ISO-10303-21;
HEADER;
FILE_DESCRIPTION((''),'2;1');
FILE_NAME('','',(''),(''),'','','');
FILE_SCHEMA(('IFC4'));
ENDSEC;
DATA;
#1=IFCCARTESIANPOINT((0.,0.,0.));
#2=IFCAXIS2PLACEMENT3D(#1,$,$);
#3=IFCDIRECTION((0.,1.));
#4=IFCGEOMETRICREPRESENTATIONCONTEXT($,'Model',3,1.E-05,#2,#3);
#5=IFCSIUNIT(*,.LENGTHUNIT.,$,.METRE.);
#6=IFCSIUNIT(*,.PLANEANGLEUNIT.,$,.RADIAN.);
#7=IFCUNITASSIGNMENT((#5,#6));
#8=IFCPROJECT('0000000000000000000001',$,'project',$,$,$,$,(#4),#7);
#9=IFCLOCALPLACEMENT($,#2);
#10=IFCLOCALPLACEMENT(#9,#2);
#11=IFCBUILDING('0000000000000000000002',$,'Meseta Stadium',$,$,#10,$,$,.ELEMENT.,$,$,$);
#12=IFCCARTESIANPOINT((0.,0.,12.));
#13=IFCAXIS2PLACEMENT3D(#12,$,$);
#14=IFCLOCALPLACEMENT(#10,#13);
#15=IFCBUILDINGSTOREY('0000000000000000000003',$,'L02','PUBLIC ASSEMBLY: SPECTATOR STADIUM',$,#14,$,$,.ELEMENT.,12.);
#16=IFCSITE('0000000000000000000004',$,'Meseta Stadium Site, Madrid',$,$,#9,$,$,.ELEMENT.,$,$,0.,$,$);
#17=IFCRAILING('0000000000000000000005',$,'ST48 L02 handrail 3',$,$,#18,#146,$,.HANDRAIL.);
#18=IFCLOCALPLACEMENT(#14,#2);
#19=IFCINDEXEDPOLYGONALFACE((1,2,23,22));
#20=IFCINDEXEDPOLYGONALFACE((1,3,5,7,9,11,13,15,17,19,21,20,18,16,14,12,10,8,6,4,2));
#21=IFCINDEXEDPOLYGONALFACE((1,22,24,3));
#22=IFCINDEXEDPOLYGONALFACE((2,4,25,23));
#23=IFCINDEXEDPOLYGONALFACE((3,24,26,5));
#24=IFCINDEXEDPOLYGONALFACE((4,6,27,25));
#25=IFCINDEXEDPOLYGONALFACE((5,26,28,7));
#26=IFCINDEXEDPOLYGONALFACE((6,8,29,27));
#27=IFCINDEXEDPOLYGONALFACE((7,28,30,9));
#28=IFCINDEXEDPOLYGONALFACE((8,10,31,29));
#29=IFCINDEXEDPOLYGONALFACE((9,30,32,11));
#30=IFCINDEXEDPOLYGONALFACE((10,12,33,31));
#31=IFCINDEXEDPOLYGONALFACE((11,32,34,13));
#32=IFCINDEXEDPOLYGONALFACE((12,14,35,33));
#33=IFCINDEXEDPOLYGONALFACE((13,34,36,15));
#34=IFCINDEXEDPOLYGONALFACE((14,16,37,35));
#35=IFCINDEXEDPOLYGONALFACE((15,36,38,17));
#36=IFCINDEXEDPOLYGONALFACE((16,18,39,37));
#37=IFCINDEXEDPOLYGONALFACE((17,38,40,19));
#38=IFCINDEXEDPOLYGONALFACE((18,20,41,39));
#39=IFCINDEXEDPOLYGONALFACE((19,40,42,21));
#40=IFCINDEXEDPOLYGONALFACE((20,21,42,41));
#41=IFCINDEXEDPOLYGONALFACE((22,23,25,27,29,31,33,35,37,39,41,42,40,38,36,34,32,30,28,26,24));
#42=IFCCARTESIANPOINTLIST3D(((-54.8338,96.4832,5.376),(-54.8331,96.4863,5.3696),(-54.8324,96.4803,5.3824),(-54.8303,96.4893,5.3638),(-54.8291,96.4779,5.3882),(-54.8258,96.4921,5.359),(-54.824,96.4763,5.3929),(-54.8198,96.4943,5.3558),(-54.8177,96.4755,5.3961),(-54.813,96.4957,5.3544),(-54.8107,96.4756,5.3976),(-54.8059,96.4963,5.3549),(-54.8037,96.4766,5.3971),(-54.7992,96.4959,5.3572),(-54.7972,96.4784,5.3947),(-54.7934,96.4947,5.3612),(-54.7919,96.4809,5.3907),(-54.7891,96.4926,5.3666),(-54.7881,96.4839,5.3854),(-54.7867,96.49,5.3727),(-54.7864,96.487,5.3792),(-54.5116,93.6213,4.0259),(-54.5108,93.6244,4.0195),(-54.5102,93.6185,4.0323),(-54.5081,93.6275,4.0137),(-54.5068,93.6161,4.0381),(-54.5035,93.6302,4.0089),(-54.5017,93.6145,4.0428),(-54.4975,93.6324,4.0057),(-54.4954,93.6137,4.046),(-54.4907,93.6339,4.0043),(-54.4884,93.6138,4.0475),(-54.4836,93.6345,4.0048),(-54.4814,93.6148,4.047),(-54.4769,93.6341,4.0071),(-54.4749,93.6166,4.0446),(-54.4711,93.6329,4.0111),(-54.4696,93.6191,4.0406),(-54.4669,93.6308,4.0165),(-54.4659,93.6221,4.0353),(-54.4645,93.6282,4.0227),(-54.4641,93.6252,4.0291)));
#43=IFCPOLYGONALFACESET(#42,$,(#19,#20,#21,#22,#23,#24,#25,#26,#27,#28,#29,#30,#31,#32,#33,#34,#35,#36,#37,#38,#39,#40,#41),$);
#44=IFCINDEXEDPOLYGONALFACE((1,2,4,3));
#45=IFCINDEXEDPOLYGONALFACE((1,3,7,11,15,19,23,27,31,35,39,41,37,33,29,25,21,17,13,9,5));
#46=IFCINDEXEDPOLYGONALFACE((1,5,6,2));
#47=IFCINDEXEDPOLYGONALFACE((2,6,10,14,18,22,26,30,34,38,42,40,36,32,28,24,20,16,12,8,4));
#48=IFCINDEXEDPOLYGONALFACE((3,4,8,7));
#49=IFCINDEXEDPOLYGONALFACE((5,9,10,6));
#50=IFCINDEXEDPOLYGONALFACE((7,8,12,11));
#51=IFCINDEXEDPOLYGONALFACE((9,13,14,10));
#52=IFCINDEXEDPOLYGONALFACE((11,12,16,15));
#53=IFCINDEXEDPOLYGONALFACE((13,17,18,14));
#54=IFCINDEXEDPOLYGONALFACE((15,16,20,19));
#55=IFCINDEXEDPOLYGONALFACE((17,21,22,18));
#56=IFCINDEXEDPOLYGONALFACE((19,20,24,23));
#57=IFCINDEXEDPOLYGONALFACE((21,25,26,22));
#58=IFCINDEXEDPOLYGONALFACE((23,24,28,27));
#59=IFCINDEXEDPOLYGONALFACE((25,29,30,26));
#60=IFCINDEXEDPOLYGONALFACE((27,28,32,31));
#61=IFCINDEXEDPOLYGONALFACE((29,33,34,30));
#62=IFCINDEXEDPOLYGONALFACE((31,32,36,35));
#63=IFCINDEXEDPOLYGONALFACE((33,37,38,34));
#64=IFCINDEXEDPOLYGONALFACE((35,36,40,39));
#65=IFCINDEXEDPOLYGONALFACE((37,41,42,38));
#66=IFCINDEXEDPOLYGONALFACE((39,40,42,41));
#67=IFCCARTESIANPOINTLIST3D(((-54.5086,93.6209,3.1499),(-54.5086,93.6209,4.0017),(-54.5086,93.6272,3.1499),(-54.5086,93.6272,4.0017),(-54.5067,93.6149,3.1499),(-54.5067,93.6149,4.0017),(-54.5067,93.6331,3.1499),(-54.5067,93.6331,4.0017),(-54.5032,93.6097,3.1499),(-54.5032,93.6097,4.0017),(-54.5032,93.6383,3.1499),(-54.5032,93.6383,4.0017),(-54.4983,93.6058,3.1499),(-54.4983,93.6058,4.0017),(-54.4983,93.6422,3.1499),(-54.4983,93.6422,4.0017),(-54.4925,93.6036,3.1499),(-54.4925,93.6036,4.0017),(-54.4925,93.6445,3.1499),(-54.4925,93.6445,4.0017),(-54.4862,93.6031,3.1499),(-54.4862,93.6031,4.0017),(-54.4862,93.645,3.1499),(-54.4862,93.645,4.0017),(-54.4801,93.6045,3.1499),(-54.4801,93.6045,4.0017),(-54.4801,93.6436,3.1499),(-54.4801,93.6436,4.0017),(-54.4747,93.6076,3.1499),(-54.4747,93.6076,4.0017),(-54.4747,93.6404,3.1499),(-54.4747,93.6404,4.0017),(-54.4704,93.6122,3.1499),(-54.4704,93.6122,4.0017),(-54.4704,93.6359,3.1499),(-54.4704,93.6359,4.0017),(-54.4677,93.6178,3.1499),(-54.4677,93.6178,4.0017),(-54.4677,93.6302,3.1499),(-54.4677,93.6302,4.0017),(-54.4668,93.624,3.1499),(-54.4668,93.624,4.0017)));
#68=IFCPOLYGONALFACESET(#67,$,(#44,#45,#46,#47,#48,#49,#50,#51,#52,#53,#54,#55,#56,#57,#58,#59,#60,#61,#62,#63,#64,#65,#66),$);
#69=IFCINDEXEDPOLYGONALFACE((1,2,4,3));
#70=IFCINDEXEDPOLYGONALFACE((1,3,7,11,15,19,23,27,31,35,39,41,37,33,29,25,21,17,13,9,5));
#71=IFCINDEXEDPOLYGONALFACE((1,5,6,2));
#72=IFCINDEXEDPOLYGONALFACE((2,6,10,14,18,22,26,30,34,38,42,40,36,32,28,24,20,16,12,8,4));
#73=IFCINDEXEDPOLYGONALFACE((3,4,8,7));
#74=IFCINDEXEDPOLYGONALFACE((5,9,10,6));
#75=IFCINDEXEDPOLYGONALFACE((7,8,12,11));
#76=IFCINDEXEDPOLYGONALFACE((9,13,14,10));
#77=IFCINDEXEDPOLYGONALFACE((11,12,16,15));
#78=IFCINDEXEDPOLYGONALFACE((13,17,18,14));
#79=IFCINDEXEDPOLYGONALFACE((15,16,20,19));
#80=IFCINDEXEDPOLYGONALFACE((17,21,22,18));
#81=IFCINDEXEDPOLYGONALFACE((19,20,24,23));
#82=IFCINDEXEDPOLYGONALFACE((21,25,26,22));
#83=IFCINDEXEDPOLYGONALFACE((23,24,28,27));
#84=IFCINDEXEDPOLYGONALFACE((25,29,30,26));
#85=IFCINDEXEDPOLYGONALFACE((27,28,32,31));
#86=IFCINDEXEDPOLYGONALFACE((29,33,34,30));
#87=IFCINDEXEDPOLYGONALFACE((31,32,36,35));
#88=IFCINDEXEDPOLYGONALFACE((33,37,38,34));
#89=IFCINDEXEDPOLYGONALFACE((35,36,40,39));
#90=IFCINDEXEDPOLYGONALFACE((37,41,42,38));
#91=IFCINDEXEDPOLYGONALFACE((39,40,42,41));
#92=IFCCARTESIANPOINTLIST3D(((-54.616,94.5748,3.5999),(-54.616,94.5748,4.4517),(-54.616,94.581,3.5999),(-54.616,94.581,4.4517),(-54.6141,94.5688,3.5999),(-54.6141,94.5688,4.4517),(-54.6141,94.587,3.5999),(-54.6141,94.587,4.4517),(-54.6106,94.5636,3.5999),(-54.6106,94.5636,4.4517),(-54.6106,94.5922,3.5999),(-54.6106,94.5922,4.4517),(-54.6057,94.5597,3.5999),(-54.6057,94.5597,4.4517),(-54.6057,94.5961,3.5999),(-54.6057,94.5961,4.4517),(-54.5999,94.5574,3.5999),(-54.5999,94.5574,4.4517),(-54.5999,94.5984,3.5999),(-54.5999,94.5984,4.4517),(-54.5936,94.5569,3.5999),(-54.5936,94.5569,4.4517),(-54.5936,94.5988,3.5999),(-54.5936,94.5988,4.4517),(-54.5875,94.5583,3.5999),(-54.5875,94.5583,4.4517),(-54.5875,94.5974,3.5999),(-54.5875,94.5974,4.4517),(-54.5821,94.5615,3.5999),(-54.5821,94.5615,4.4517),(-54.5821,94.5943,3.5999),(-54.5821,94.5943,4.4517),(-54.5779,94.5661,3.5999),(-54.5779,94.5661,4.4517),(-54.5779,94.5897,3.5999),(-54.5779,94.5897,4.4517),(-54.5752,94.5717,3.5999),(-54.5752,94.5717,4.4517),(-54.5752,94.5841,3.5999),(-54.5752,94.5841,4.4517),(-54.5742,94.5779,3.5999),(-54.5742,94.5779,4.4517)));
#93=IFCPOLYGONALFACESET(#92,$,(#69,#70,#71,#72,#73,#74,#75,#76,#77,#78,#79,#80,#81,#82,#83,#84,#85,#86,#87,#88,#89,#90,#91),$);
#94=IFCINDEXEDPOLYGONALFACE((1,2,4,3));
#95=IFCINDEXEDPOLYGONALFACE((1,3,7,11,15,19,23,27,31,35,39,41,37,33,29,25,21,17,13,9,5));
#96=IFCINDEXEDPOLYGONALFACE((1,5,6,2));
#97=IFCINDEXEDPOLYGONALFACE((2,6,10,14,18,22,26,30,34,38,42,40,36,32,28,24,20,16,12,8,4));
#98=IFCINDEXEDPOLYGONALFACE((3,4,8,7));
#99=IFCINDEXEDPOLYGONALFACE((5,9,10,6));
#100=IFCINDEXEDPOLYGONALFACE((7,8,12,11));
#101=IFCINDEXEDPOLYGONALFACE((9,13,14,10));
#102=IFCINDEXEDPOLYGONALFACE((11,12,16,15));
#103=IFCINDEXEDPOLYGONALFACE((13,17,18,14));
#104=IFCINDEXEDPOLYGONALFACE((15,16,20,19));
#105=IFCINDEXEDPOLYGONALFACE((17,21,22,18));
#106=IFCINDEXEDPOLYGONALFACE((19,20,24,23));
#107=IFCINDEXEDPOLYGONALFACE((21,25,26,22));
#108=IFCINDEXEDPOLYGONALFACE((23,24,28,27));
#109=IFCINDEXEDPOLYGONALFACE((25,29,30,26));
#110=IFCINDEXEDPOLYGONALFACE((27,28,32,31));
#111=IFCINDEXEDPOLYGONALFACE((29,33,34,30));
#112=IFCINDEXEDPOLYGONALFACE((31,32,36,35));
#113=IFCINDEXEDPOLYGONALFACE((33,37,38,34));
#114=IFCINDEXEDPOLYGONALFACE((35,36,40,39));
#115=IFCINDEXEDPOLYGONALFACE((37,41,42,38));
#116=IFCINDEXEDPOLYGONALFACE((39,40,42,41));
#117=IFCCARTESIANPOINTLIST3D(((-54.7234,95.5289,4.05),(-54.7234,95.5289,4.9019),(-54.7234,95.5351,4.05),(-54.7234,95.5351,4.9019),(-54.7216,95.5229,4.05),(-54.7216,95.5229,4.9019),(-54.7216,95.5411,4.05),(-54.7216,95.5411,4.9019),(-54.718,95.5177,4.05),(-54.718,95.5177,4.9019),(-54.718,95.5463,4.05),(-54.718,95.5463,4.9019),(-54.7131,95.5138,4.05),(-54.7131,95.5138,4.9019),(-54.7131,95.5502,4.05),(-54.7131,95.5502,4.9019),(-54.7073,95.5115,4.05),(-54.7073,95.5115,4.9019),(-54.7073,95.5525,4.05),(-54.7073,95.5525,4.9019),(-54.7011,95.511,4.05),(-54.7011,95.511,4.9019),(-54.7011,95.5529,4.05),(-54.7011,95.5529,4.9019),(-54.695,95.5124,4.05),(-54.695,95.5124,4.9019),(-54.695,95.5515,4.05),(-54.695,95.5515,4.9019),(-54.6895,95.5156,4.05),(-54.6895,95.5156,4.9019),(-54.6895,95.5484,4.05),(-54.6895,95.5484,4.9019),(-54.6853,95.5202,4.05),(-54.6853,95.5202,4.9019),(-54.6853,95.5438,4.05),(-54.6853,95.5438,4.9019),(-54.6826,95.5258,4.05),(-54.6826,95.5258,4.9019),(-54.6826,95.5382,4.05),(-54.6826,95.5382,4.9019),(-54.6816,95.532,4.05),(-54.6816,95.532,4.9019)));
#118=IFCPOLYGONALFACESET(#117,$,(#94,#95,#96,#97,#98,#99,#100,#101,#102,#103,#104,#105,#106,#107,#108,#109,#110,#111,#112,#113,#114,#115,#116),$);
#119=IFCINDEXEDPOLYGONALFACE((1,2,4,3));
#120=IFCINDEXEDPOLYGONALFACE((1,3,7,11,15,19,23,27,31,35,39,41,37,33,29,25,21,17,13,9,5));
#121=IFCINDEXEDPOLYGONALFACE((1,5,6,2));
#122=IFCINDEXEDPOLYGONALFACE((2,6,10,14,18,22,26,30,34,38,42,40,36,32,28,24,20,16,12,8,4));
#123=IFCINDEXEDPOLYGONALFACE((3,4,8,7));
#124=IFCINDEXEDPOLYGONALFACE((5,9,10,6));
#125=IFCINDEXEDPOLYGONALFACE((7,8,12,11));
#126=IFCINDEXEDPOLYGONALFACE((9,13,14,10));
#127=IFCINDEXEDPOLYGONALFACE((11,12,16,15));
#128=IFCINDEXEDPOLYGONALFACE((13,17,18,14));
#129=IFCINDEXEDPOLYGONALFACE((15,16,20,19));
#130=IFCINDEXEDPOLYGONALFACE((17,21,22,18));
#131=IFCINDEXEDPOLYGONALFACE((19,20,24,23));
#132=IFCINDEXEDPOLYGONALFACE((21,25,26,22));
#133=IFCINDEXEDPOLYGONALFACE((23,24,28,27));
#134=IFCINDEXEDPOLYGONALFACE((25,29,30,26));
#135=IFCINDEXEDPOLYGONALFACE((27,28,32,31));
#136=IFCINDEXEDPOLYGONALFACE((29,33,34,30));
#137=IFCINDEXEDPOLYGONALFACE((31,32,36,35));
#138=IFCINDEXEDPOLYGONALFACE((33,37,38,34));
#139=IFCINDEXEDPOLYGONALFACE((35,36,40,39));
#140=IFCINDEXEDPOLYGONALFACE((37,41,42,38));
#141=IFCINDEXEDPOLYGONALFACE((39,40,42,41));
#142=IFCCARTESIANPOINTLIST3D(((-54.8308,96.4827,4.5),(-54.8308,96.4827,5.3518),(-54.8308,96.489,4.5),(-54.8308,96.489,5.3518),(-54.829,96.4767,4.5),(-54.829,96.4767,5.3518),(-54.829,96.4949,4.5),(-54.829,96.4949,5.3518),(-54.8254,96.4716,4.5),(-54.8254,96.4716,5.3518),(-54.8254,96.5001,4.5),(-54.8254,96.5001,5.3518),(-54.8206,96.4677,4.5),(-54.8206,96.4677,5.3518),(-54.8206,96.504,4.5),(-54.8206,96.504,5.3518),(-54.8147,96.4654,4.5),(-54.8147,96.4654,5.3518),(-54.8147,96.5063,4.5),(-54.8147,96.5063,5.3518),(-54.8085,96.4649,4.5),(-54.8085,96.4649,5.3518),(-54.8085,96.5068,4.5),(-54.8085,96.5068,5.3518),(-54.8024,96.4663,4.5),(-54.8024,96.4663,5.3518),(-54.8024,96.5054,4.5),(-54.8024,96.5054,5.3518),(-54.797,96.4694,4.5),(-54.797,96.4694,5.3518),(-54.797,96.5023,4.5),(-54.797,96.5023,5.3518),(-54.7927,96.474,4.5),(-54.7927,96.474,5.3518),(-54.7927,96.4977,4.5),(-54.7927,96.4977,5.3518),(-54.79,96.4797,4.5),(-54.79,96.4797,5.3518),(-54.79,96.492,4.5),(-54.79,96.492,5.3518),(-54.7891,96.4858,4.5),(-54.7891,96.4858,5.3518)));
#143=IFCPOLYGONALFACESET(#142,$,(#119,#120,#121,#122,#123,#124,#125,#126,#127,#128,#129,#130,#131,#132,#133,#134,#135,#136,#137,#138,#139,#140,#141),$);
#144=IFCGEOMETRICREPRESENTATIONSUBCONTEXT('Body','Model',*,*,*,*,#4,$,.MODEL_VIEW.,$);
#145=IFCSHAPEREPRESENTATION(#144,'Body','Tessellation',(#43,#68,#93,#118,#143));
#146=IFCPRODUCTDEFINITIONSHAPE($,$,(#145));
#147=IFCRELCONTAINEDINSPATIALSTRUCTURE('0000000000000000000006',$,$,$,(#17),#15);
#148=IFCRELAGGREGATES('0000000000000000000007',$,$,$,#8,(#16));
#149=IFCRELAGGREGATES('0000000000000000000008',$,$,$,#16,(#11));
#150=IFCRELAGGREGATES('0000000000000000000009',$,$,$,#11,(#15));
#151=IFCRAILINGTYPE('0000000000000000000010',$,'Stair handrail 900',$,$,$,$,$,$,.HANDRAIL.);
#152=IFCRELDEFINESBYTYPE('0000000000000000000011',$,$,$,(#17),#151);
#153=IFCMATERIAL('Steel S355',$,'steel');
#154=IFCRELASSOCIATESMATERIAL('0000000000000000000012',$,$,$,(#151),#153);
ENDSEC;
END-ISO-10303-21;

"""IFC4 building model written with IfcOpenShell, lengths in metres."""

from ifc_helpers import new_model, si_unit, direction, frame, origin, origin_2d, place, context, subcontext, project, spatial, circle, extrude, material, type_object, element, save


model = new_model("IFC4")

# Units and contexts
model_context = context("Model", 3, precision=1e-05, world=origin(), true_north=direction((0.0, 1.0)))
body_context = subcontext(model_context, "Body", "Model", "MODEL_VIEW")
ifc_project = project(units=[si_unit("LENGTHUNIT", "METRE"), si_unit("PLANEANGLEUNIT", "RADIAN")], contexts=[model_context])

# Site, building, storey
site_placement = place(None, origin())
site = spatial("IfcSite", under=ifc_project, at=site_placement, Name="Meseta Stadium Site, Madrid", CompositionType="ELEMENT", RefElevation=0.0)
building_placement = place(site_placement, origin())
building = spatial("IfcBuilding", under=site, at=building_placement, Name="Meseta Stadium", CompositionType="ELEMENT")
storey_placement = place(building_placement, frame((0.0, 0.0, 12.0)))
storey = spatial("IfcBuildingStorey", under=building, at=storey_placement, Name="L02", Description="PUBLIC ASSEMBLY: SPECTATOR STADIUM", CompositionType="ELEMENT", Elevation=12.0)

# Railing
ifc_material_1 = material(Name="Steel S355", Category="steel")
railing_type_1 = type_object("IfcRailingType", Name="Stair handrail 900", PredefinedType="HANDRAIL", material=ifc_material_1)
railing_1_placement = place(storey_placement, frame((-54.4878, 93.624, 3.1499)))
element("IfcRailing", 1, at=railing_1_placement, inside=storey, type_object=railing_type_1, Name="ST48 L02 handrail 3", PredefinedType="HANDRAIL", context=body_context, shape_type="SweptSolid", body=[
    extrude(circle(Radius=0.0239, at=origin_2d()), frame((0.0, 0.0, 0.876), z_axis=(-0.10132, 0.899755, 0.424471), x_axis=(-0.993719, -0.111902, 0.0)), (0.0, 0.0, 1.0), 3.1807),
    extrude(circle(Radius=0.021, at=origin_2d()), origin(), (0.0, 0.0, 1.0), 0.8518),
    extrude(circle(Radius=0.021, at=origin_2d()), frame((-0.1074, 0.9539, 0.45)), (0.0, 0.0, 1.0), 0.8518),
    extrude(circle(Radius=0.021, at=origin_2d()), frame((-0.2148, 1.908, 0.9001)), (0.0, 0.0, 1.0), 0.8518),
    extrude(circle(Radius=0.021, at=origin_2d()), frame((-0.3223, 2.8618, 1.3501)), (0.0, 0.0, 1.0), 0.8518),
])

save(model, "model.ifc")
